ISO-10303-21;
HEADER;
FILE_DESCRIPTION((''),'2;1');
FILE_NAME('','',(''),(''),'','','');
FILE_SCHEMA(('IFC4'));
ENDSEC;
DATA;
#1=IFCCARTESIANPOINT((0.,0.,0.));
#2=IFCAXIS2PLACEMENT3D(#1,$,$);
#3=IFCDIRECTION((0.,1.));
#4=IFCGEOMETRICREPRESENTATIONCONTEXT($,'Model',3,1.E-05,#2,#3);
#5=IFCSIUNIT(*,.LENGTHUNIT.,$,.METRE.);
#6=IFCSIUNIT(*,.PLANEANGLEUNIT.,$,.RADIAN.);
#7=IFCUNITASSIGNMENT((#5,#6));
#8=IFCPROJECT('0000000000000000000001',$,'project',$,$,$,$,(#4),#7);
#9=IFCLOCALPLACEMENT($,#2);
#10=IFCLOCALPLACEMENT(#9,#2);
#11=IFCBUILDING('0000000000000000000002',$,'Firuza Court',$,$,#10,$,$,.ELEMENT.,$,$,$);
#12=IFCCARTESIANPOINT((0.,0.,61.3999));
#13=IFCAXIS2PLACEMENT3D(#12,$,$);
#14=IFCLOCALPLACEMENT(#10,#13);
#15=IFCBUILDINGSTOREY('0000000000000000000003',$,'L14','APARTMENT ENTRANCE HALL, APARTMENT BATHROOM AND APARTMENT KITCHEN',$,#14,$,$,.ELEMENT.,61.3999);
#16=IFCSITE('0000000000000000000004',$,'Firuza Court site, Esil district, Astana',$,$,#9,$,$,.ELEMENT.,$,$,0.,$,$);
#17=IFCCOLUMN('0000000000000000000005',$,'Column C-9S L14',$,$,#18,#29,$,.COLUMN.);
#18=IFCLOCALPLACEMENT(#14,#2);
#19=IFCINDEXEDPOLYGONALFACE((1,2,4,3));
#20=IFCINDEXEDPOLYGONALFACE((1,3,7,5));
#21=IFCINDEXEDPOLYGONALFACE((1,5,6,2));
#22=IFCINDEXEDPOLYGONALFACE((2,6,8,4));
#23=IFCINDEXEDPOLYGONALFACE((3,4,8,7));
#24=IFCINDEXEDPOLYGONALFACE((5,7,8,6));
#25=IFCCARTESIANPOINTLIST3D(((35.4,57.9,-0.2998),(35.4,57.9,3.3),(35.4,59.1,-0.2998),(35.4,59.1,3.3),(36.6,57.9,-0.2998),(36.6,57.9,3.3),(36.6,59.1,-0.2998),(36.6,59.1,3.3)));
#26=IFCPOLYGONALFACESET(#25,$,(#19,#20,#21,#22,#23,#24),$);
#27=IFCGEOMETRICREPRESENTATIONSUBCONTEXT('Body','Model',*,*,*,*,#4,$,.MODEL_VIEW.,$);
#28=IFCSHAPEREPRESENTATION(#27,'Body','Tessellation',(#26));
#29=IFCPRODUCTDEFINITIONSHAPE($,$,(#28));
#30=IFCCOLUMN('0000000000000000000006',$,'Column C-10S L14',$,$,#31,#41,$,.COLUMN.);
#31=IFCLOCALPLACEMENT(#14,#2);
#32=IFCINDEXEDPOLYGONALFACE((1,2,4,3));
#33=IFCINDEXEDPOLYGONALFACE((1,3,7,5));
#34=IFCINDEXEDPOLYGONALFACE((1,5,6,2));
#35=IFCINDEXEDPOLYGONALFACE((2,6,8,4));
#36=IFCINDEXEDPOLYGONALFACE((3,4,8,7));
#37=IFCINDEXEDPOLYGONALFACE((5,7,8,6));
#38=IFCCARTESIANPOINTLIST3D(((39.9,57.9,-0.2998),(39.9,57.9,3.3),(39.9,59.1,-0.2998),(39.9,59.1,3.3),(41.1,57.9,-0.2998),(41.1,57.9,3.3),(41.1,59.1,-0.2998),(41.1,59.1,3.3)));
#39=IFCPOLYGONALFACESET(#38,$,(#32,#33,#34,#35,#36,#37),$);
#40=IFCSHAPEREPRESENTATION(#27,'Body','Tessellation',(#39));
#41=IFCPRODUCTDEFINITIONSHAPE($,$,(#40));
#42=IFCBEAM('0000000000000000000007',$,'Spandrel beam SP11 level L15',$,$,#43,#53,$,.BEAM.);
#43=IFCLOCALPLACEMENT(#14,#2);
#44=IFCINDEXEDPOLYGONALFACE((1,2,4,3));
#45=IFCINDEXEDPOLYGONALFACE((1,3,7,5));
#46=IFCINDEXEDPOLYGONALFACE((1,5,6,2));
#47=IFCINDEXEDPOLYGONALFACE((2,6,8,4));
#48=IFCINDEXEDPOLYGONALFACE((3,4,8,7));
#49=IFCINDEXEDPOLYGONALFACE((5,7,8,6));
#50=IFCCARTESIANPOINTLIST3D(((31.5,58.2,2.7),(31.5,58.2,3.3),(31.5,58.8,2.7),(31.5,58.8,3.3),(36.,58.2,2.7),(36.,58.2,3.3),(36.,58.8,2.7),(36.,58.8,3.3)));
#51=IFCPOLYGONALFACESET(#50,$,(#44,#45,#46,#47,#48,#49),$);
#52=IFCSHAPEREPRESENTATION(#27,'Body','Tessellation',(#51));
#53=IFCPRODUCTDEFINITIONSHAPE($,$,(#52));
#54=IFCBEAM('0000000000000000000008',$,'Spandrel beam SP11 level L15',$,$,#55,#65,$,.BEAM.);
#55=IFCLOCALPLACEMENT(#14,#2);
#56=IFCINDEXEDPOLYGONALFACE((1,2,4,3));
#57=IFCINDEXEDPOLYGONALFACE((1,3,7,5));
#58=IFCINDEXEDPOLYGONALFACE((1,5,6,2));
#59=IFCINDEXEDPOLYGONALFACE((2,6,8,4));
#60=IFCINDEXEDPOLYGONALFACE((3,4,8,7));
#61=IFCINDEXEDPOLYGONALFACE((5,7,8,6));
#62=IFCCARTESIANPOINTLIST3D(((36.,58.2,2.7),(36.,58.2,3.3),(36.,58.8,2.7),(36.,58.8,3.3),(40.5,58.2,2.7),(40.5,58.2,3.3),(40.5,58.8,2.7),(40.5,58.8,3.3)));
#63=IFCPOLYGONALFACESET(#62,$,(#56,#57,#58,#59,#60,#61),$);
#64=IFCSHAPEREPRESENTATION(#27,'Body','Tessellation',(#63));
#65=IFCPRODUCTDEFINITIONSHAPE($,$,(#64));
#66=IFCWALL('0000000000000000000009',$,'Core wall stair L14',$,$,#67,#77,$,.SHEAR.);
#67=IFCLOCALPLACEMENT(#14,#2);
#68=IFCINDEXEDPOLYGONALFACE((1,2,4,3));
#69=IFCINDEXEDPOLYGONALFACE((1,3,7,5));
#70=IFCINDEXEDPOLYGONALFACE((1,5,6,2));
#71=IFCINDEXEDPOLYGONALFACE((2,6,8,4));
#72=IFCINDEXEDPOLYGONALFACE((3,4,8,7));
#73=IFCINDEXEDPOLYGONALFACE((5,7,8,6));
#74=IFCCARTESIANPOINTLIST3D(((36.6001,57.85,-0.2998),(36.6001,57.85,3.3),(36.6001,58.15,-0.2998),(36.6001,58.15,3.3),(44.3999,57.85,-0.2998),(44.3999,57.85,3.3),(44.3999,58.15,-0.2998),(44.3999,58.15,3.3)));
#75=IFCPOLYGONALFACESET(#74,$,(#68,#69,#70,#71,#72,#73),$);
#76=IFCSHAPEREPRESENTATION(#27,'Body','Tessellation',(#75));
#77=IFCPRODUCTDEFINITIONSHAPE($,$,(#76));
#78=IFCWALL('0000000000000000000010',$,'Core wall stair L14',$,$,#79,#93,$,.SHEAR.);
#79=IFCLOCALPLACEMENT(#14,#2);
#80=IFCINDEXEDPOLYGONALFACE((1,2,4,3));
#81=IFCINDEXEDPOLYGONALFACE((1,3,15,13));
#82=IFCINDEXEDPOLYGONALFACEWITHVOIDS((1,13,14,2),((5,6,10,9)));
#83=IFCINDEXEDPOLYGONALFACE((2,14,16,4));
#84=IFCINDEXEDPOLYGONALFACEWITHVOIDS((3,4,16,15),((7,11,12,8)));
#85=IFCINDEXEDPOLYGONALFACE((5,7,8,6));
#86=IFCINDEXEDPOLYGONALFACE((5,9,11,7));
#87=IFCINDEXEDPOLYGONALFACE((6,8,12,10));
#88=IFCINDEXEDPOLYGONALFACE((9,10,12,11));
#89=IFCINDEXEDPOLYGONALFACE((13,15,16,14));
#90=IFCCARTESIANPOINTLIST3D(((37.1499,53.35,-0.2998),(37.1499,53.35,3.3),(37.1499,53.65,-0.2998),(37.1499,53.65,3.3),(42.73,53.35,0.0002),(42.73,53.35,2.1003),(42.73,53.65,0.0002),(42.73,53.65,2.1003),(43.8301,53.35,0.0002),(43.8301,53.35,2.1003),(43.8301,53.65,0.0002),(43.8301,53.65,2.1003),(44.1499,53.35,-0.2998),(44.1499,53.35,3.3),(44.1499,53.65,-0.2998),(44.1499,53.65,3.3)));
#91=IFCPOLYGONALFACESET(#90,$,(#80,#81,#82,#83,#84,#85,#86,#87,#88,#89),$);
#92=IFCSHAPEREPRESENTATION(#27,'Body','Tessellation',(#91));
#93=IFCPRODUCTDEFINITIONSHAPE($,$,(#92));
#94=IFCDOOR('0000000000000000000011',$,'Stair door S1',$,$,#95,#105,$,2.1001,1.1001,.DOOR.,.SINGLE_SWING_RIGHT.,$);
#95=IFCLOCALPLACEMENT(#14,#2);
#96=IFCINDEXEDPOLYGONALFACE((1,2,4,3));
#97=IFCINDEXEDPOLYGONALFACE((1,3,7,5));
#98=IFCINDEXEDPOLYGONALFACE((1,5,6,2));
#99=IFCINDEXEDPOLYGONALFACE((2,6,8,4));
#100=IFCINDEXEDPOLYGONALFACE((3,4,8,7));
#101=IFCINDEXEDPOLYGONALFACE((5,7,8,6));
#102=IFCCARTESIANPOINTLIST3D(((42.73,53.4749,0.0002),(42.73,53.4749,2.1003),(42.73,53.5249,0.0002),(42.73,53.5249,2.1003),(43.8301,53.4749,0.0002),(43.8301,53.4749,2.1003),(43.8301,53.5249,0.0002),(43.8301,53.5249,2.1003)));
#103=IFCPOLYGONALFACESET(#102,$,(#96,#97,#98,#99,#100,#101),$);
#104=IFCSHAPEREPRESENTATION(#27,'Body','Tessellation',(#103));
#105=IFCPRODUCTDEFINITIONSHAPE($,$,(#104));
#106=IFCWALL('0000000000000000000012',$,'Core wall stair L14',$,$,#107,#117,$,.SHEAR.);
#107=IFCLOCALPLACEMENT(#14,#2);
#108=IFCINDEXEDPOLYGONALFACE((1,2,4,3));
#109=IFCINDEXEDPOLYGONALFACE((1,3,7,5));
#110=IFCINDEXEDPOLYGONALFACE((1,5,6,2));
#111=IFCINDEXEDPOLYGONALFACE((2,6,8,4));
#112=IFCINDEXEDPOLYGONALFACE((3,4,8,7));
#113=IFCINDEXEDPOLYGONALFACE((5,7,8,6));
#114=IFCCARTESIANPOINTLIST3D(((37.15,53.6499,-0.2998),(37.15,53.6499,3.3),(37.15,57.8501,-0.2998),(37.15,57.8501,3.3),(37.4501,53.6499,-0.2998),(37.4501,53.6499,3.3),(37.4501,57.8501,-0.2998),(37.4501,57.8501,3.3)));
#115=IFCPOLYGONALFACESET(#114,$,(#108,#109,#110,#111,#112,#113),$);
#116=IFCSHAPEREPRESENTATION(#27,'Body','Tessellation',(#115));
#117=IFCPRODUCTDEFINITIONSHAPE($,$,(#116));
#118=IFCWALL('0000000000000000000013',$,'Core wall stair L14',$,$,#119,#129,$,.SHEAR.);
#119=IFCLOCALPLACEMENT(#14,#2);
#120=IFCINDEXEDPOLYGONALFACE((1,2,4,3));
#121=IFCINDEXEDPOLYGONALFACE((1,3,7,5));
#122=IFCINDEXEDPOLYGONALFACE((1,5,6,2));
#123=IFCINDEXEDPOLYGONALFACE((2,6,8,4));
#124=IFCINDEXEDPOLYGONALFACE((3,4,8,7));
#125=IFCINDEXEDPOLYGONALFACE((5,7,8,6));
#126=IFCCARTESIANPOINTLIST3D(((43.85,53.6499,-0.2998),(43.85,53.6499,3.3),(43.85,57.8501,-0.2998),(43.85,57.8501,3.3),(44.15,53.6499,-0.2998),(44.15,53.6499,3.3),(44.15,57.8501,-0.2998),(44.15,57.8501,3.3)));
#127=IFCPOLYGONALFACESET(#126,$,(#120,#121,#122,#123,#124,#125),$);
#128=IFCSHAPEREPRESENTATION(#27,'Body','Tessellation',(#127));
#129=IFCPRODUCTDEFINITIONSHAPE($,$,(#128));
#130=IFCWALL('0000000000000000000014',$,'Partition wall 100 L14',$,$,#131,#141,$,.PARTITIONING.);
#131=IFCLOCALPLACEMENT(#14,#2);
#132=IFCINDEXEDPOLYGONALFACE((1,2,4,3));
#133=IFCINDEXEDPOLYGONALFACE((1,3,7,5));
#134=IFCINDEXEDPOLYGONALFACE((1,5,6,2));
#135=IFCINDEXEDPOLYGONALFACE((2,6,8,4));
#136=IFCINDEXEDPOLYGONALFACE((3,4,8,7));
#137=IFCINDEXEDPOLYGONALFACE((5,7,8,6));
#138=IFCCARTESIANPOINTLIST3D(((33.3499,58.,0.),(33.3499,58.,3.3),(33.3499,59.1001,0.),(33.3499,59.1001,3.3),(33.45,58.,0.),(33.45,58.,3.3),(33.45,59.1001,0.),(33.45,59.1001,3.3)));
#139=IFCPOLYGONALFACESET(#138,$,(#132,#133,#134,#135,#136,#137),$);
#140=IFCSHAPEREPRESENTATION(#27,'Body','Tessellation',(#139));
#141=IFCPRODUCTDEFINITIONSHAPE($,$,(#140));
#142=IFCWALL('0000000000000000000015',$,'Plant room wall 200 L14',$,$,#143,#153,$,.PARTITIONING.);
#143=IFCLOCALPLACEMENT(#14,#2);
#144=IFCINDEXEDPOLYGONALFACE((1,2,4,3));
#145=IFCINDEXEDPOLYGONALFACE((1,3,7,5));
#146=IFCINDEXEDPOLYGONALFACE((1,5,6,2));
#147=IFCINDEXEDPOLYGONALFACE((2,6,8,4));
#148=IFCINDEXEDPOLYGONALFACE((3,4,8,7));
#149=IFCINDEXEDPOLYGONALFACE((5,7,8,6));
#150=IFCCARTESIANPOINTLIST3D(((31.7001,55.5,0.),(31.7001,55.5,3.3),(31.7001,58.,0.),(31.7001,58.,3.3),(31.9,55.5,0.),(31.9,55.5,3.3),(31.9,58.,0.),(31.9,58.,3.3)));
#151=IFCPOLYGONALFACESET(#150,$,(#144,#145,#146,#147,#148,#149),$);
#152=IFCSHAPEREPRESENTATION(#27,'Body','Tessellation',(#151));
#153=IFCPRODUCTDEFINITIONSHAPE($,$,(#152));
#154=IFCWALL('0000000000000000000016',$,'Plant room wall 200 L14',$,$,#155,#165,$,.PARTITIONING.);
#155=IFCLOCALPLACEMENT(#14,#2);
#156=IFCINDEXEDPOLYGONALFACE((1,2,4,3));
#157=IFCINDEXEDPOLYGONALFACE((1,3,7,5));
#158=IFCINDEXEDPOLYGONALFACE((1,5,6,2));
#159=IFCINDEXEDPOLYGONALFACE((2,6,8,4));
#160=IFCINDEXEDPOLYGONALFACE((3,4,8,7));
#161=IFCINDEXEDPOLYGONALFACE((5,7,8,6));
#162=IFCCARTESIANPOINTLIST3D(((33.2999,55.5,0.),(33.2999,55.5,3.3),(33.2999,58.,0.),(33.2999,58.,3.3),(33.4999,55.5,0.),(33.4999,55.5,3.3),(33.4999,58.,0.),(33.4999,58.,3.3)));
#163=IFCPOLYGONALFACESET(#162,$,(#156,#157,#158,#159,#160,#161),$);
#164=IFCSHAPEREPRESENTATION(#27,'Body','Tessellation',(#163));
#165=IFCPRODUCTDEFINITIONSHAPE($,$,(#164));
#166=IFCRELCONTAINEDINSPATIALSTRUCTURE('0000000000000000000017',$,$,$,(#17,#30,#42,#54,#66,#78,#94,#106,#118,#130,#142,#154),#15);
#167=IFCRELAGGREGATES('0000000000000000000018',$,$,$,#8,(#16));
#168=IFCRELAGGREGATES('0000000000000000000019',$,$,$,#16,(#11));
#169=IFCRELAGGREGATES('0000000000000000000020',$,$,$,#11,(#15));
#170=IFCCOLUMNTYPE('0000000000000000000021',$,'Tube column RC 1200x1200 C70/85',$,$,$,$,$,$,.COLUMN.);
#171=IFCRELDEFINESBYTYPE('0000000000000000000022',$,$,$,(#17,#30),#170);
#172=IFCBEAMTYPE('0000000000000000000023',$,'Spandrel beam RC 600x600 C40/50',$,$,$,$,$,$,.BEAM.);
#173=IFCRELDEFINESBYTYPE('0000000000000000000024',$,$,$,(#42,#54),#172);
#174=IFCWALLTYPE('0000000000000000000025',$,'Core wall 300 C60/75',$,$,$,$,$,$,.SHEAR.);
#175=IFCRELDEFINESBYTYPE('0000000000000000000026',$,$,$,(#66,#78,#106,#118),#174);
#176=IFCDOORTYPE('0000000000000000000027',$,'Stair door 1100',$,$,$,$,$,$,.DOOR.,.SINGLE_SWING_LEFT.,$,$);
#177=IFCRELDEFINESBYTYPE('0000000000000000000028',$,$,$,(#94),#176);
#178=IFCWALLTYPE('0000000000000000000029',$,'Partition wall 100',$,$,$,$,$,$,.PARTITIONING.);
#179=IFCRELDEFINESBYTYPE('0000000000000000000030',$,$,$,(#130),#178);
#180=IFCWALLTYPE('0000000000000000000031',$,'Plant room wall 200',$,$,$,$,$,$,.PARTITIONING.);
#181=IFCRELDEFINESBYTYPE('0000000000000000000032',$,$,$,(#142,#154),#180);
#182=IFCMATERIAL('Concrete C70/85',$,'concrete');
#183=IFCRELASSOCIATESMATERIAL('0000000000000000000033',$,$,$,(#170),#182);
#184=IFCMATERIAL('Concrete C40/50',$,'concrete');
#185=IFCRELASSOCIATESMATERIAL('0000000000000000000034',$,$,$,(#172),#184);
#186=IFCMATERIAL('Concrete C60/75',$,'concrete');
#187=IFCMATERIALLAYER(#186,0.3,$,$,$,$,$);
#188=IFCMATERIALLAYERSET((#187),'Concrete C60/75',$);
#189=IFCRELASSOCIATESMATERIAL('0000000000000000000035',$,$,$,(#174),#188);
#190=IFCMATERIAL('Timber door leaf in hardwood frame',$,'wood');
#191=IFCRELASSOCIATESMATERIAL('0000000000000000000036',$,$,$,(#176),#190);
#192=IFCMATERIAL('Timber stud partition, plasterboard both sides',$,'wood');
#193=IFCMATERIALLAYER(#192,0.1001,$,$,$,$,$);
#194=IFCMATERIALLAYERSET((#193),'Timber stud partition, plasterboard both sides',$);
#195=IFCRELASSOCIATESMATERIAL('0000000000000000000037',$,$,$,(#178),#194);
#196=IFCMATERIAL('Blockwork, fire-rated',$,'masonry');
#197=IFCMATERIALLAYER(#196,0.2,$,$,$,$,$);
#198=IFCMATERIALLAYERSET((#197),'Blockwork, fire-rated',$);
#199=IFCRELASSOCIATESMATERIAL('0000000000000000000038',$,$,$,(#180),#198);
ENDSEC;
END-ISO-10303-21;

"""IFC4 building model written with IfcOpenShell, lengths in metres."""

from ifc_helpers import new_model, si_unit, direction, frame, frame_2d, origin, origin_2d, place, context, subcontext, project, spatial, rectangle, extrude, material, layer, layer_set, material_profile, profile_set, type_object, element, fill, save


model = new_model("IFC4")

# Units and contexts
model_context = context("Model", 3, precision=1e-05, world=origin(), true_north=direction((0.0, 1.0)))
body_context = subcontext(model_context, "Body", "Model", "MODEL_VIEW")
ifc_project = project(units=[si_unit("LENGTHUNIT", "METRE"), si_unit("PLANEANGLEUNIT", "RADIAN")], contexts=[model_context])

# Site, building, storey
site_placement = place(None, origin())
site = spatial("IfcSite", under=ifc_project, at=site_placement, Name="Firuza Court site, Esil district, Astana", CompositionType="ELEMENT", RefElevation=0.0)
building_placement = place(site_placement, origin())
building = spatial("IfcBuilding", under=site, at=building_placement, Name="Firuza Court", CompositionType="ELEMENT")
storey_placement = place(building_placement, frame((0.0, 0.0, 61.3999)))
storey = spatial("IfcBuildingStorey", under=building, at=storey_placement, Name="L14", Description="APARTMENT ENTRANCE HALL, APARTMENT BATHROOM AND APARTMENT KITCHEN", CompositionType="ELEMENT", Elevation=61.3999)

# Columns
ifc_material_1 = material(Name="Concrete C70/85", Category="concrete")
ifc_material_profile_1 = material_profile(ifc_material_1, rectangle(XDim=1.2, YDim=1.2, at=origin_2d()), Name="RC 1200x1200")
ifc_profile_set_1 = profile_set([ifc_material_profile_1], Name="Concrete C70/85")
column_type = type_object("IfcColumnType", Name="Tube column RC 1200x1200 C70/85", PredefinedType="COLUMN", material=ifc_profile_set_1)
for number, where, z_axis, x_axis, name in (
    (1, (36.0, 58.5, -0.2998), (0.0, 0.0, 1.0), (1.0, 0.0, 0.0), "Column C-9S L14"),
    (2, (40.5, 58.5, -0.2998), (0.0, 0.0, 1.0), (1.0, 0.0, 0.0), "Column C-10S L14"),
):
    element("IfcColumn", number, at=place(storey_placement, frame(where, z_axis=z_axis, x_axis=x_axis)), inside=storey, type_object=column_type, Name=name, PredefinedType="COLUMN", context=body_context, shape_type="SweptSolid", body=[
        extrude(rectangle(XDim=1.2, YDim=1.2, at=origin_2d()), origin(), (0.0, 0.0, 1.0), 3.5999),
    ])

# Beams
ifc_material_2 = material(Name="Concrete C40/50", Category="concrete")
ifc_material_profile_2 = material_profile(ifc_material_2, rectangle(XDim=0.6001, YDim=0.6001, at=origin_2d()), Name="RC 600x600")
ifc_profile_set_2 = profile_set([ifc_material_profile_2], Name="Concrete C40/50")
beam_type = type_object("IfcBeamType", Name="Spandrel beam RC 600x600 C40/50", PredefinedType="BEAM", material=ifc_profile_set_2)
for number, where, z_axis, x_axis, name in (
    (3, (36.0, 58.5, 3.0), (-1.0, 0.0, 0.0), (0.0, -1.0, 0.0), "Spandrel beam SP11 level L15"),
    (4, (40.5, 58.5, 3.0), (-1.0, 0.0, 0.0), (0.0, -1.0, 0.0), "Spandrel beam SP11 level L15"),
):
    element("IfcBeam", number, at=place(storey_placement, frame(where, z_axis=z_axis, x_axis=x_axis)), inside=storey, type_object=beam_type, Name=name, PredefinedType="BEAM", context=body_context, shape_type="SweptSolid", body=[
        extrude(rectangle(XDim=0.6001, YDim=0.6001, at=origin_2d()), origin(), (0.0, 0.0, 1.0), 4.5),
    ])

# Wall
ifc_material_3 = material(Name="Concrete C60/75", Category="concrete")
ifc_layer_1 = layer(ifc_material_3, 0.3)
ifc_layer_set_1 = layer_set([ifc_layer_1], Name="Concrete C60/75")
wall_type_1 = type_object("IfcWallType", Name="Core wall 300 C60/75", PredefinedType="SHEAR", material=ifc_layer_set_1)
wall_1_placement = place(storey_placement, frame((36.6001, 58.0, -0.2998), z_axis=(0.0, 0.0, 1.0), x_axis=(1.0, 0.0, 0.0)))
element("IfcWall", 5, at=wall_1_placement, inside=storey, type_object=wall_type_1, Name="Core wall stair L14", PredefinedType="SHEAR", context=body_context, shape_type="SweptSolid", body=[
    extrude(rectangle(XDim=7.7998, YDim=0.3, at=frame_2d((3.8999, 0.0))), origin(), (0.0, 0.0, 1.0), 3.5999),
])

# Wall, opening, door
wall_2_placement = place(storey_placement, frame((37.1499, 53.5, -0.2998), z_axis=(0.0, 0.0, 1.0), x_axis=(1.0, 0.0, 0.0)))
wall_2 = element("IfcWall", 6, at=wall_2_placement, inside=storey, type_object=wall_type_1, Name="Core wall stair L14", PredefinedType="SHEAR", context=body_context, shape_type="SweptSolid", body=[
    extrude(rectangle(XDim=7.0, YDim=0.3, at=frame_2d((3.5, 0.0))), origin(), (0.0, 0.0, 1.0), 3.5999),
])
opening_1_placement = place(wall_2_placement, frame((5.5801, 0.0, 0.3)))
opening_1 = element("IfcOpeningElement", 7, at=opening_1_placement, cuts=wall_2, PredefinedType="OPENING", context=body_context, shape_type="SweptSolid", body=[
    extrude(rectangle(XDim=1.1001, YDim=2.1001, at=frame_2d((0.55, 1.05))), frame((0.0, 0.1621, 0.0), z_axis=(0.0, -1.0, 0.0), x_axis=(1.0, 0.0, 0.0)), (0.0, 0.0, 1.0), 0.324),
])
ifc_material_4 = material(Name="Timber door leaf in hardwood frame", Category="wood")
door_type_1 = type_object("IfcDoorType", Name="Stair door 1100", OperationType="SINGLE_SWING_LEFT", PredefinedType="DOOR", material=ifc_material_4)
door_1_placement = place(opening_1_placement, origin())
door_1 = element("IfcDoor", 8, at=door_1_placement, inside=storey, type_object=door_type_1, Name="Stair door S1", OperationType="SINGLE_SWING_RIGHT", OverallHeight=2.1001, OverallWidth=1.1001, PredefinedType="DOOR", context=body_context, shape_type="SweptSolid", body=[
    extrude(rectangle(XDim=1.1001, YDim=2.1001, at=frame_2d((0.55, 1.05))), frame((0.0, 0.0249, 0.0), z_axis=(0.0, -1.0, 0.0), x_axis=(1.0, 0.0, 0.0)), (0.0, 0.0, 1.0), 0.05),
])
fill(opening_1, door_1)

# Walls
for number, where, z_axis, x_axis, name in (
    (9, (37.3, 53.6499, -0.2998), (0.0, 0.0, 1.0), (0.0, 1.0, 0.0), "Core wall stair L14"),
    (10, (44.0, 53.6499, -0.2998), (0.0, 0.0, 1.0), (0.0, 1.0, 0.0), "Core wall stair L14"),
):
    element("IfcWall", number, at=place(storey_placement, frame(where, z_axis=z_axis, x_axis=x_axis)), inside=storey, type_object=wall_type_1, Name=name, PredefinedType="SHEAR", context=body_context, shape_type="SweptSolid", body=[
        extrude(rectangle(XDim=4.2002, YDim=0.3, at=frame_2d((2.1001, 0.0))), origin(), (0.0, 0.0, 1.0), 3.5999),
    ])
ifc_material_5 = material(Name="Timber stud partition, plasterboard both sides", Category="wood")
ifc_layer_2 = layer(ifc_material_5, 0.1001)
ifc_layer_set_2 = layer_set([ifc_layer_2], Name="Timber stud partition, plasterboard both sides")
wall_type_2 = type_object("IfcWallType", Name="Partition wall 100", PredefinedType="PARTITIONING", material=ifc_layer_set_2)
wall_3_placement = place(storey_placement, frame((33.3999, 58.0, 0.0), z_axis=(0.0, 0.0, 1.0), x_axis=(0.0, 1.0, 0.0)))
element("IfcWall", 11, at=wall_3_placement, inside=storey, type_object=wall_type_2, Name="Partition wall 100 L14", PredefinedType="PARTITIONING", context=body_context, shape_type="SweptSolid", body=[
    extrude(rectangle(XDim=1.1001, YDim=0.1001, at=frame_2d((0.55, 0.0))), origin(), (0.0, 0.0, 1.0), 3.3),
])
ifc_material_6 = material(Name="Blockwork, fire-rated", Category="masonry")
ifc_layer_3 = layer(ifc_material_6, 0.2)
ifc_layer_set_3 = layer_set([ifc_layer_3], Name="Blockwork, fire-rated")
wall_type_3 = type_object("IfcWallType", Name="Plant room wall 200", PredefinedType="PARTITIONING", material=ifc_layer_set_3)
for number, where, z_axis, x_axis, name in (
    (12, (31.8, 55.5, 0.0), (0.0, 0.0, 1.0), (0.0, 1.0, 0.0), "Plant room wall 200 L14"),
    (13, (33.3999, 55.5, 0.0), (0.0, 0.0, 1.0), (0.0, 1.0, 0.0), "Plant room wall 200 L14"),
):
    element("IfcWall", number, at=place(storey_placement, frame(where, z_axis=z_axis, x_axis=x_axis)), inside=storey, type_object=wall_type_3, Name=name, PredefinedType="PARTITIONING", context=body_context, shape_type="SweptSolid", body=[
        extrude(rectangle(XDim=2.5, YDim=0.2, at=frame_2d((1.25, 0.0))), origin(), (0.0, 0.0, 1.0), 3.3),
    ])

save(model, "model.ifc")
